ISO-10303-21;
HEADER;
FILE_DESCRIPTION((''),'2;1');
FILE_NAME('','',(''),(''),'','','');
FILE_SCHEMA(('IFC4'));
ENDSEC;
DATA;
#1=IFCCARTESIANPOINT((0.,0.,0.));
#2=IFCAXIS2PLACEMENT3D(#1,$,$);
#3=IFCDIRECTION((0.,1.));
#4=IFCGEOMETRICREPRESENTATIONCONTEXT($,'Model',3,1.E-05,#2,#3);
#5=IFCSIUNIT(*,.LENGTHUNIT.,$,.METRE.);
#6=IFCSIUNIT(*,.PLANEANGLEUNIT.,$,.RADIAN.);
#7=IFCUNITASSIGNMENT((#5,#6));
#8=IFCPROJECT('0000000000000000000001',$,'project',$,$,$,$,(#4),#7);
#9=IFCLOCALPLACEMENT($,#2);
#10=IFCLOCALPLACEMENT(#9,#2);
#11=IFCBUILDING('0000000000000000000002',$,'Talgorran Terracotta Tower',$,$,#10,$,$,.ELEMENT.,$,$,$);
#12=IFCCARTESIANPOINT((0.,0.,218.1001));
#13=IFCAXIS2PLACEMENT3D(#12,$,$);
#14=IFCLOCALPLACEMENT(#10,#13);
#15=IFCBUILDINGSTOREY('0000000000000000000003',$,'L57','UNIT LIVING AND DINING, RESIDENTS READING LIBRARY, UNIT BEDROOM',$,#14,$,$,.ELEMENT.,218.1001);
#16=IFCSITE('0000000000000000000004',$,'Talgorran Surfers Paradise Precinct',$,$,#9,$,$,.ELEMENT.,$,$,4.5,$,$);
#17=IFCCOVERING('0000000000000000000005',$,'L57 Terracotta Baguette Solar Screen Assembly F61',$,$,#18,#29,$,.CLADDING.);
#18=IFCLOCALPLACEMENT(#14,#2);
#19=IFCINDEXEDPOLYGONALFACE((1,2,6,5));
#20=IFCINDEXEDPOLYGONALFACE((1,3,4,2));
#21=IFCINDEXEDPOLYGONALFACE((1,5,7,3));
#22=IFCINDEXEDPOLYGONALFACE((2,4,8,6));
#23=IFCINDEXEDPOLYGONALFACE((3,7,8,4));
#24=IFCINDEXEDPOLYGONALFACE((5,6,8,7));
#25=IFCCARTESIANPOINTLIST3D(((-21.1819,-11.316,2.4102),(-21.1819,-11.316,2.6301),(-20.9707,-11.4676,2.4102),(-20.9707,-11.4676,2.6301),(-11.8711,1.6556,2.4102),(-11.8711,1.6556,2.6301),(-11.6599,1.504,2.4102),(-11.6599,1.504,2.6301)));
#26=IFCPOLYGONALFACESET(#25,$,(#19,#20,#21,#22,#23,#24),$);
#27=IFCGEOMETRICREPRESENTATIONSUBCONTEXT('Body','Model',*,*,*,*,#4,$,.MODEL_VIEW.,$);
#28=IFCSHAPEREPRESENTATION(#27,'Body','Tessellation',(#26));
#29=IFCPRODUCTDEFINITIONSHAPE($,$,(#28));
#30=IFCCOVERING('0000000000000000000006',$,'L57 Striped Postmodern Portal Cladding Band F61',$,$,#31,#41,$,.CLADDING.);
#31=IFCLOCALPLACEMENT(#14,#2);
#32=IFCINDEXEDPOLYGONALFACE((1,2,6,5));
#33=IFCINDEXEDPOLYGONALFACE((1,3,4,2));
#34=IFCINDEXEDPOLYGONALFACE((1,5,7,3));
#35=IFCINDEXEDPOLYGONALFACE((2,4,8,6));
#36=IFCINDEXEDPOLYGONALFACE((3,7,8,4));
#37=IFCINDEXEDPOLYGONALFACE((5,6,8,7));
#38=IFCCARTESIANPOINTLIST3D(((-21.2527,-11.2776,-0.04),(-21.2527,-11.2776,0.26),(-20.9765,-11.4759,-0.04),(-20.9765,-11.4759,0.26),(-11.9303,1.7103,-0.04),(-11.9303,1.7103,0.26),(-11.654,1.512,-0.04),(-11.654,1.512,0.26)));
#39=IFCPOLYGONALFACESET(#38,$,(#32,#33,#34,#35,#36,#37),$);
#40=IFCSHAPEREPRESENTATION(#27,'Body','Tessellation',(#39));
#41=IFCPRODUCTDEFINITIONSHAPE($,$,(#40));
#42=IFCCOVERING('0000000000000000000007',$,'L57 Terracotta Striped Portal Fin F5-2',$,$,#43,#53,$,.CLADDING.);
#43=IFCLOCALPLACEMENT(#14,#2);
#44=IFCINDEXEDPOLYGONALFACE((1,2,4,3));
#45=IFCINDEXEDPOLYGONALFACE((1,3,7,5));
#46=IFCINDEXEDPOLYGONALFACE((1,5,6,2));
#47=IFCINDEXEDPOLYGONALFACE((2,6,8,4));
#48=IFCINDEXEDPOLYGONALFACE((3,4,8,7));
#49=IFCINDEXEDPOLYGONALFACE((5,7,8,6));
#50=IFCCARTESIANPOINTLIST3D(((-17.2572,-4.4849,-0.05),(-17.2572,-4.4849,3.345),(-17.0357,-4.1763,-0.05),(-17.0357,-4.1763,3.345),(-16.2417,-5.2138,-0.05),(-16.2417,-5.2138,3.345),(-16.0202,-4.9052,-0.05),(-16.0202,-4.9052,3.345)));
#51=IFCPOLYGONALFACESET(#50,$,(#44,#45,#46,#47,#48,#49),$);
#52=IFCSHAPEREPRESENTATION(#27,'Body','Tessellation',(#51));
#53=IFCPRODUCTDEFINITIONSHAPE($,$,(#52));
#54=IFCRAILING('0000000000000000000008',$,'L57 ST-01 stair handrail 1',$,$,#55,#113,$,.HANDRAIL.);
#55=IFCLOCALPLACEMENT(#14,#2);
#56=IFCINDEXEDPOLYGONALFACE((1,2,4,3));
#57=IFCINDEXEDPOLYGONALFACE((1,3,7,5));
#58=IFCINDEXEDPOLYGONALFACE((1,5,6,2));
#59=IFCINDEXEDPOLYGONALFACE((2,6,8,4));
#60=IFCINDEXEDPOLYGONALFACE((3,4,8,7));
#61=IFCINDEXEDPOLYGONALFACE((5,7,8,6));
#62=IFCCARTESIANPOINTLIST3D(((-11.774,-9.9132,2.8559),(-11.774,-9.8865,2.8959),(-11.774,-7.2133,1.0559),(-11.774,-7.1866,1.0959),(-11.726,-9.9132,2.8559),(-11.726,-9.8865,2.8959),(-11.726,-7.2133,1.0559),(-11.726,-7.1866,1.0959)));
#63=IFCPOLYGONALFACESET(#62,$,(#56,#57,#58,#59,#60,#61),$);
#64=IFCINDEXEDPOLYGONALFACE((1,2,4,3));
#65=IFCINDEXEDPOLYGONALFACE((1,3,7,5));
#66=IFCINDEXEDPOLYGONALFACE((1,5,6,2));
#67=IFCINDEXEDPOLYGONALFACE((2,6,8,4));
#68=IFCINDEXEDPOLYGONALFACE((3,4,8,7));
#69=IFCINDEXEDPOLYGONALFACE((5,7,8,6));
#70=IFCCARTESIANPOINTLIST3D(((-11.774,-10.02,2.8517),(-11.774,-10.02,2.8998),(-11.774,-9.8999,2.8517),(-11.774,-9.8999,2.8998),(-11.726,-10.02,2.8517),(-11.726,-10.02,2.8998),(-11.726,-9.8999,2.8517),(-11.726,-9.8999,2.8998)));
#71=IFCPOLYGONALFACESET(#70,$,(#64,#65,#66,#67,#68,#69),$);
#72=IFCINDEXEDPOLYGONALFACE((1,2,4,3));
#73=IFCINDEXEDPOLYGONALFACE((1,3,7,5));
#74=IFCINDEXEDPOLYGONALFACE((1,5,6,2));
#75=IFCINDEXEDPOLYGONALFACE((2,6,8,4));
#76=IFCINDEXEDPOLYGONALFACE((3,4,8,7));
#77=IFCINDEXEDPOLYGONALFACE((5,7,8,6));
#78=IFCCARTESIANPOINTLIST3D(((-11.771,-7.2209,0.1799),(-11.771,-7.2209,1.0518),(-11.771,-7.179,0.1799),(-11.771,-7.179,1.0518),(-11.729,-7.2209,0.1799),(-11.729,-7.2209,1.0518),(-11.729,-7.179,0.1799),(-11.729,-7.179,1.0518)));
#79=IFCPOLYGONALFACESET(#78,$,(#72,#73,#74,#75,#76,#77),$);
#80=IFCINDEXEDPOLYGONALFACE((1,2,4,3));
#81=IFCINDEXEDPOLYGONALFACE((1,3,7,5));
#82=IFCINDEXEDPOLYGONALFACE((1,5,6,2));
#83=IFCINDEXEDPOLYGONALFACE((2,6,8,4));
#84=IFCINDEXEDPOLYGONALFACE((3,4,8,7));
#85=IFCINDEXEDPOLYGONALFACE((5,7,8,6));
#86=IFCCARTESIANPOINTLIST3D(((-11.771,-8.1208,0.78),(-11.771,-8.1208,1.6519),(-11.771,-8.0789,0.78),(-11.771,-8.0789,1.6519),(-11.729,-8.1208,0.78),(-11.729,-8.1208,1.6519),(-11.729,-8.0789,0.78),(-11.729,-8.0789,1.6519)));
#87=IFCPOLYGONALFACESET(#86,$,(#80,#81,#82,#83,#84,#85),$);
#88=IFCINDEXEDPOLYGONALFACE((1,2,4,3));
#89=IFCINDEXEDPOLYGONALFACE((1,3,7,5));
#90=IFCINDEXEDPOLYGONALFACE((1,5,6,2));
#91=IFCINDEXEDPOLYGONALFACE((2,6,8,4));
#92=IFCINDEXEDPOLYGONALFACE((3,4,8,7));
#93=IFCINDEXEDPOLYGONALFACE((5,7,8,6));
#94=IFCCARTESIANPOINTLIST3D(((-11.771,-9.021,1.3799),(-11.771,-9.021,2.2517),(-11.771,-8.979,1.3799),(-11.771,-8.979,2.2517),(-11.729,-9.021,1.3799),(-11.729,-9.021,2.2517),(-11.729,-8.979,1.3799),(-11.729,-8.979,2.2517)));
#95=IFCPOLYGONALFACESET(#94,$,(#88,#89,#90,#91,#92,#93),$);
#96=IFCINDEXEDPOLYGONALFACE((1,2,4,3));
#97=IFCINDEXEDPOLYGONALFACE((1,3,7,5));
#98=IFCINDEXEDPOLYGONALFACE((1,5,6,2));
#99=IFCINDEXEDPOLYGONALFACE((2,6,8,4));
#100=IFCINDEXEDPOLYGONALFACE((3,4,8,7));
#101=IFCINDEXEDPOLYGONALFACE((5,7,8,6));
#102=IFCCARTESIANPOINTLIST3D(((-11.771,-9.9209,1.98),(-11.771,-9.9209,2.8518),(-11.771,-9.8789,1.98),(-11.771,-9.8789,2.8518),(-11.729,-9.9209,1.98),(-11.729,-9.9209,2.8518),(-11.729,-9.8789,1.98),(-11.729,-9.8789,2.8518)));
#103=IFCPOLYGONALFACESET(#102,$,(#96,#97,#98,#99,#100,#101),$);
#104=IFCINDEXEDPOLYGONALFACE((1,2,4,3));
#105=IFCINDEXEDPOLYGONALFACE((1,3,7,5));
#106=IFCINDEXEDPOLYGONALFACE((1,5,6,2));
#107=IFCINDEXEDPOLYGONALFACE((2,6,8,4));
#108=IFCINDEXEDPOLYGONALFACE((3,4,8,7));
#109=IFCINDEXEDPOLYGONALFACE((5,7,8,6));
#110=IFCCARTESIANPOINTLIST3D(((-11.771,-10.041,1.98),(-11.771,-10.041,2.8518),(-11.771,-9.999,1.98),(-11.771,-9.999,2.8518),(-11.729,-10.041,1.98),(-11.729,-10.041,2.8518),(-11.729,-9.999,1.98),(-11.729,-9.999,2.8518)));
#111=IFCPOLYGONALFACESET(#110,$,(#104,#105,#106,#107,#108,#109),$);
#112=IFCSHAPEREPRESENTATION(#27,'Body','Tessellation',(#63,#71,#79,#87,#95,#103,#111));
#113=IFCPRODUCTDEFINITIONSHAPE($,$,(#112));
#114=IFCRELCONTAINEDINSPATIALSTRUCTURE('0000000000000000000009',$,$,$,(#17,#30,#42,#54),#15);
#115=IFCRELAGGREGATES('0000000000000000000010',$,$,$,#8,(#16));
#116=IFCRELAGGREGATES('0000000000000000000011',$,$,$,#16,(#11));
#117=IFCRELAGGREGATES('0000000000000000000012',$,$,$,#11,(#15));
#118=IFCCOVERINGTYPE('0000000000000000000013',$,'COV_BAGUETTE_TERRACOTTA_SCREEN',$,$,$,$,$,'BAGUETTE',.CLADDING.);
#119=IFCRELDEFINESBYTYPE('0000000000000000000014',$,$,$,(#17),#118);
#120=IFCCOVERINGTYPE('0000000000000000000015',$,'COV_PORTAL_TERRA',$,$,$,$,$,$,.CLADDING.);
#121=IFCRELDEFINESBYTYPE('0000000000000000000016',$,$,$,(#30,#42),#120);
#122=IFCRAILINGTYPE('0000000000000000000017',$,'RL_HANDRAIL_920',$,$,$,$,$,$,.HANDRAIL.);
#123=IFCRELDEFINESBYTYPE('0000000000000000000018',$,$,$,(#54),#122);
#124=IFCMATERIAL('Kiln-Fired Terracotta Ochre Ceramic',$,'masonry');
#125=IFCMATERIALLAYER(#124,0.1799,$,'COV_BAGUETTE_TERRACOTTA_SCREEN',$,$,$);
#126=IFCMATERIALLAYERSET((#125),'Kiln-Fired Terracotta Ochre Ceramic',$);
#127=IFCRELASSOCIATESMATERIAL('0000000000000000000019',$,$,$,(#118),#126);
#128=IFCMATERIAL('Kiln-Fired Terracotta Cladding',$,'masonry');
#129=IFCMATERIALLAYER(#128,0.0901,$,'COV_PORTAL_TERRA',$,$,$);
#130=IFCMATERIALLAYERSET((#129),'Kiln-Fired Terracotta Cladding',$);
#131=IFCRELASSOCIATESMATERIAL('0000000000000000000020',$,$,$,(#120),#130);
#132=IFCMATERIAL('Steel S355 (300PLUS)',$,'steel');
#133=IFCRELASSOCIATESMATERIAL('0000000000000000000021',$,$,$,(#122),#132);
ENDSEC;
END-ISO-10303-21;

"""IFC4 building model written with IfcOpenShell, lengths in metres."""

from ifc_helpers import new_model, si_unit, direction, frame, origin, origin_2d, place, context, subcontext, project, spatial, rectangle, extrude, material, layer, layer_set, type_object, element, save


model = new_model("IFC4")

# Units and contexts
model_context = context("Model", 3, precision=1e-05, world=origin(), true_north=direction((0.0, 1.0)))
body_context = subcontext(model_context, "Body", "Model", "MODEL_VIEW")
ifc_project = project(units=[si_unit("LENGTHUNIT", "METRE"), si_unit("PLANEANGLEUNIT", "RADIAN")], contexts=[model_context])

# Site, building, storey
site_placement = place(None, origin())
site = spatial("IfcSite", under=ifc_project, at=site_placement, Name="Talgorran Surfers Paradise Precinct", CompositionType="ELEMENT", RefElevation=4.5)
building_placement = place(site_placement, origin())
building = spatial("IfcBuilding", under=site, at=building_placement, Name="Talgorran Terracotta Tower", CompositionType="ELEMENT")
storey_placement = place(building_placement, frame((0.0, 0.0, 218.1001)))
storey = spatial("IfcBuildingStorey", under=building, at=storey_placement, Name="L57", Description="UNIT LIVING AND DINING, RESIDENTS READING LIBRARY, UNIT BEDROOM", CompositionType="ELEMENT", Elevation=218.1001)

# Coverings
ifc_material_1 = material(Name="Kiln-Fired Terracotta Ochre Ceramic", Category="masonry")
ifc_layer_1 = layer(ifc_material_1, 0.1799, Name="COV_BAGUETTE_TERRACOTTA_SCREEN")
ifc_layer_set_1 = layer_set([ifc_layer_1], Name="Kiln-Fired Terracotta Ochre Ceramic")
covering_type_1 = type_object("IfcCoveringType", Name="COV_BAGUETTE_TERRACOTTA_SCREEN", ElementType="BAGUETTE", PredefinedType="CLADDING", material=ifc_layer_set_1)
covering_1_placement = place(storey_placement, frame((-16.4209, -4.906, 2.4102), z_axis=(0.0, 0.0, 1.0), x_axis=(-0.583116, -0.812389, 0.0)))
element("IfcCovering", 1, at=covering_1_placement, inside=storey, type_object=covering_type_1, Name="L57 Terracotta Baguette Solar Screen Assembly F61", PredefinedType="CLADDING", context=body_context, shape_type="SweptSolid", body=[
    extrude(rectangle(XDim=15.9673, YDim=0.26, at=origin_2d()), origin(), (0.0, 0.0, 1.0), 0.22),
])
ifc_material_2 = material(Name="Kiln-Fired Terracotta Cladding", Category="masonry")
ifc_layer_2 = layer(ifc_material_2, 0.0901, Name="COV_PORTAL_TERRA")
ifc_layer_set_2 = layer_set([ifc_layer_2], Name="Kiln-Fired Terracotta Cladding")
covering_type_2 = type_object("IfcCoveringType", Name="COV_PORTAL_TERRA", PredefinedType="CLADDING", material=ifc_layer_set_2)
covering_2_placement = place(storey_placement, frame((-16.4534, -4.8828, -0.04), z_axis=(0.0, 0.0, 1.0), x_axis=(-0.583116, -0.812389, 0.0)))
element("IfcCovering", 2, at=covering_2_placement, inside=storey, type_object=covering_type_2, Name="L57 Striped Postmodern Portal Cladding Band F61", PredefinedType="CLADDING", context=body_context, shape_type="SweptSolid", body=[
    extrude(rectangle(XDim=15.9873, YDim=0.3401, at=origin_2d()), origin(), (0.0, 0.0, 1.0), 0.3),
])
covering_3_placement = place(storey_placement, frame((-16.6387, -4.6951, -0.05), z_axis=(0.0, 0.0, 1.0), x_axis=(-0.583116, -0.812389, 0.0)))
element("IfcCovering", 3, at=covering_3_placement, inside=storey, type_object=covering_type_2, Name="L57 Terracotta Striped Portal Fin F5-2", PredefinedType="CLADDING", context=body_context, shape_type="SweptSolid", body=[
    extrude(rectangle(XDim=0.3799, YDim=1.25, at=origin_2d()), origin(), (0.0, 0.0, 1.0), 3.395),
])

# Railing
ifc_material_3 = material(Name="Steel S355 (300PLUS)", Category="steel")
railing_type = type_object("IfcRailingType", Name="RL_HANDRAIL_920", PredefinedType="HANDRAIL", material=ifc_material_3)
railing_placement = place(storey_placement, frame((-11.75, -7.2, 0.1799)))
element("IfcRailing", 4, at=railing_placement, inside=storey, type_object=railing_type, Name="L57 ST-01 stair handrail 1", PredefinedType="HANDRAIL", context=body_context, shape_type="SweptSolid", body=[
    extrude(rectangle(XDim=0.0481, YDim=0.0481, at=origin_2d()), frame((0.0, 0.0, 0.896), z_axis=(0.0, -0.832039, 0.554718), x_axis=(1.0, 0.0, 0.0)), (0.0, 0.0, 1.0), 3.2449),
    extrude(rectangle(XDim=0.0481, YDim=0.0481, at=origin_2d()), frame((0.0, -2.7, 2.6958), z_axis=(0.0, -1.0, 0.0), x_axis=(1.0, 0.0, 0.0)), (0.0, 0.0, 1.0), 0.1201),
    extrude(rectangle(XDim=0.042, YDim=0.042, at=origin_2d()), origin(), (0.0, 0.0, 1.0), 0.8718),
    extrude(rectangle(XDim=0.042, YDim=0.042, at=origin_2d()), frame((0.0, -0.8999, 0.6001)), (0.0, 0.0, 1.0), 0.8718),
    extrude(rectangle(XDim=0.042, YDim=0.042, at=origin_2d()), frame((0.0, -1.8, 1.2)), (0.0, 0.0, 1.0), 0.8718),
    extrude(rectangle(XDim=0.042, YDim=0.042, at=origin_2d()), frame((0.0, -2.7, 1.8)), (0.0, 0.0, 1.0), 0.8718),
    extrude(rectangle(XDim=0.042, YDim=0.042, at=origin_2d()), frame((0.0, -2.8201, 1.8)), (0.0, 0.0, 1.0), 0.8718),
])

save(model, "model.ifc")
